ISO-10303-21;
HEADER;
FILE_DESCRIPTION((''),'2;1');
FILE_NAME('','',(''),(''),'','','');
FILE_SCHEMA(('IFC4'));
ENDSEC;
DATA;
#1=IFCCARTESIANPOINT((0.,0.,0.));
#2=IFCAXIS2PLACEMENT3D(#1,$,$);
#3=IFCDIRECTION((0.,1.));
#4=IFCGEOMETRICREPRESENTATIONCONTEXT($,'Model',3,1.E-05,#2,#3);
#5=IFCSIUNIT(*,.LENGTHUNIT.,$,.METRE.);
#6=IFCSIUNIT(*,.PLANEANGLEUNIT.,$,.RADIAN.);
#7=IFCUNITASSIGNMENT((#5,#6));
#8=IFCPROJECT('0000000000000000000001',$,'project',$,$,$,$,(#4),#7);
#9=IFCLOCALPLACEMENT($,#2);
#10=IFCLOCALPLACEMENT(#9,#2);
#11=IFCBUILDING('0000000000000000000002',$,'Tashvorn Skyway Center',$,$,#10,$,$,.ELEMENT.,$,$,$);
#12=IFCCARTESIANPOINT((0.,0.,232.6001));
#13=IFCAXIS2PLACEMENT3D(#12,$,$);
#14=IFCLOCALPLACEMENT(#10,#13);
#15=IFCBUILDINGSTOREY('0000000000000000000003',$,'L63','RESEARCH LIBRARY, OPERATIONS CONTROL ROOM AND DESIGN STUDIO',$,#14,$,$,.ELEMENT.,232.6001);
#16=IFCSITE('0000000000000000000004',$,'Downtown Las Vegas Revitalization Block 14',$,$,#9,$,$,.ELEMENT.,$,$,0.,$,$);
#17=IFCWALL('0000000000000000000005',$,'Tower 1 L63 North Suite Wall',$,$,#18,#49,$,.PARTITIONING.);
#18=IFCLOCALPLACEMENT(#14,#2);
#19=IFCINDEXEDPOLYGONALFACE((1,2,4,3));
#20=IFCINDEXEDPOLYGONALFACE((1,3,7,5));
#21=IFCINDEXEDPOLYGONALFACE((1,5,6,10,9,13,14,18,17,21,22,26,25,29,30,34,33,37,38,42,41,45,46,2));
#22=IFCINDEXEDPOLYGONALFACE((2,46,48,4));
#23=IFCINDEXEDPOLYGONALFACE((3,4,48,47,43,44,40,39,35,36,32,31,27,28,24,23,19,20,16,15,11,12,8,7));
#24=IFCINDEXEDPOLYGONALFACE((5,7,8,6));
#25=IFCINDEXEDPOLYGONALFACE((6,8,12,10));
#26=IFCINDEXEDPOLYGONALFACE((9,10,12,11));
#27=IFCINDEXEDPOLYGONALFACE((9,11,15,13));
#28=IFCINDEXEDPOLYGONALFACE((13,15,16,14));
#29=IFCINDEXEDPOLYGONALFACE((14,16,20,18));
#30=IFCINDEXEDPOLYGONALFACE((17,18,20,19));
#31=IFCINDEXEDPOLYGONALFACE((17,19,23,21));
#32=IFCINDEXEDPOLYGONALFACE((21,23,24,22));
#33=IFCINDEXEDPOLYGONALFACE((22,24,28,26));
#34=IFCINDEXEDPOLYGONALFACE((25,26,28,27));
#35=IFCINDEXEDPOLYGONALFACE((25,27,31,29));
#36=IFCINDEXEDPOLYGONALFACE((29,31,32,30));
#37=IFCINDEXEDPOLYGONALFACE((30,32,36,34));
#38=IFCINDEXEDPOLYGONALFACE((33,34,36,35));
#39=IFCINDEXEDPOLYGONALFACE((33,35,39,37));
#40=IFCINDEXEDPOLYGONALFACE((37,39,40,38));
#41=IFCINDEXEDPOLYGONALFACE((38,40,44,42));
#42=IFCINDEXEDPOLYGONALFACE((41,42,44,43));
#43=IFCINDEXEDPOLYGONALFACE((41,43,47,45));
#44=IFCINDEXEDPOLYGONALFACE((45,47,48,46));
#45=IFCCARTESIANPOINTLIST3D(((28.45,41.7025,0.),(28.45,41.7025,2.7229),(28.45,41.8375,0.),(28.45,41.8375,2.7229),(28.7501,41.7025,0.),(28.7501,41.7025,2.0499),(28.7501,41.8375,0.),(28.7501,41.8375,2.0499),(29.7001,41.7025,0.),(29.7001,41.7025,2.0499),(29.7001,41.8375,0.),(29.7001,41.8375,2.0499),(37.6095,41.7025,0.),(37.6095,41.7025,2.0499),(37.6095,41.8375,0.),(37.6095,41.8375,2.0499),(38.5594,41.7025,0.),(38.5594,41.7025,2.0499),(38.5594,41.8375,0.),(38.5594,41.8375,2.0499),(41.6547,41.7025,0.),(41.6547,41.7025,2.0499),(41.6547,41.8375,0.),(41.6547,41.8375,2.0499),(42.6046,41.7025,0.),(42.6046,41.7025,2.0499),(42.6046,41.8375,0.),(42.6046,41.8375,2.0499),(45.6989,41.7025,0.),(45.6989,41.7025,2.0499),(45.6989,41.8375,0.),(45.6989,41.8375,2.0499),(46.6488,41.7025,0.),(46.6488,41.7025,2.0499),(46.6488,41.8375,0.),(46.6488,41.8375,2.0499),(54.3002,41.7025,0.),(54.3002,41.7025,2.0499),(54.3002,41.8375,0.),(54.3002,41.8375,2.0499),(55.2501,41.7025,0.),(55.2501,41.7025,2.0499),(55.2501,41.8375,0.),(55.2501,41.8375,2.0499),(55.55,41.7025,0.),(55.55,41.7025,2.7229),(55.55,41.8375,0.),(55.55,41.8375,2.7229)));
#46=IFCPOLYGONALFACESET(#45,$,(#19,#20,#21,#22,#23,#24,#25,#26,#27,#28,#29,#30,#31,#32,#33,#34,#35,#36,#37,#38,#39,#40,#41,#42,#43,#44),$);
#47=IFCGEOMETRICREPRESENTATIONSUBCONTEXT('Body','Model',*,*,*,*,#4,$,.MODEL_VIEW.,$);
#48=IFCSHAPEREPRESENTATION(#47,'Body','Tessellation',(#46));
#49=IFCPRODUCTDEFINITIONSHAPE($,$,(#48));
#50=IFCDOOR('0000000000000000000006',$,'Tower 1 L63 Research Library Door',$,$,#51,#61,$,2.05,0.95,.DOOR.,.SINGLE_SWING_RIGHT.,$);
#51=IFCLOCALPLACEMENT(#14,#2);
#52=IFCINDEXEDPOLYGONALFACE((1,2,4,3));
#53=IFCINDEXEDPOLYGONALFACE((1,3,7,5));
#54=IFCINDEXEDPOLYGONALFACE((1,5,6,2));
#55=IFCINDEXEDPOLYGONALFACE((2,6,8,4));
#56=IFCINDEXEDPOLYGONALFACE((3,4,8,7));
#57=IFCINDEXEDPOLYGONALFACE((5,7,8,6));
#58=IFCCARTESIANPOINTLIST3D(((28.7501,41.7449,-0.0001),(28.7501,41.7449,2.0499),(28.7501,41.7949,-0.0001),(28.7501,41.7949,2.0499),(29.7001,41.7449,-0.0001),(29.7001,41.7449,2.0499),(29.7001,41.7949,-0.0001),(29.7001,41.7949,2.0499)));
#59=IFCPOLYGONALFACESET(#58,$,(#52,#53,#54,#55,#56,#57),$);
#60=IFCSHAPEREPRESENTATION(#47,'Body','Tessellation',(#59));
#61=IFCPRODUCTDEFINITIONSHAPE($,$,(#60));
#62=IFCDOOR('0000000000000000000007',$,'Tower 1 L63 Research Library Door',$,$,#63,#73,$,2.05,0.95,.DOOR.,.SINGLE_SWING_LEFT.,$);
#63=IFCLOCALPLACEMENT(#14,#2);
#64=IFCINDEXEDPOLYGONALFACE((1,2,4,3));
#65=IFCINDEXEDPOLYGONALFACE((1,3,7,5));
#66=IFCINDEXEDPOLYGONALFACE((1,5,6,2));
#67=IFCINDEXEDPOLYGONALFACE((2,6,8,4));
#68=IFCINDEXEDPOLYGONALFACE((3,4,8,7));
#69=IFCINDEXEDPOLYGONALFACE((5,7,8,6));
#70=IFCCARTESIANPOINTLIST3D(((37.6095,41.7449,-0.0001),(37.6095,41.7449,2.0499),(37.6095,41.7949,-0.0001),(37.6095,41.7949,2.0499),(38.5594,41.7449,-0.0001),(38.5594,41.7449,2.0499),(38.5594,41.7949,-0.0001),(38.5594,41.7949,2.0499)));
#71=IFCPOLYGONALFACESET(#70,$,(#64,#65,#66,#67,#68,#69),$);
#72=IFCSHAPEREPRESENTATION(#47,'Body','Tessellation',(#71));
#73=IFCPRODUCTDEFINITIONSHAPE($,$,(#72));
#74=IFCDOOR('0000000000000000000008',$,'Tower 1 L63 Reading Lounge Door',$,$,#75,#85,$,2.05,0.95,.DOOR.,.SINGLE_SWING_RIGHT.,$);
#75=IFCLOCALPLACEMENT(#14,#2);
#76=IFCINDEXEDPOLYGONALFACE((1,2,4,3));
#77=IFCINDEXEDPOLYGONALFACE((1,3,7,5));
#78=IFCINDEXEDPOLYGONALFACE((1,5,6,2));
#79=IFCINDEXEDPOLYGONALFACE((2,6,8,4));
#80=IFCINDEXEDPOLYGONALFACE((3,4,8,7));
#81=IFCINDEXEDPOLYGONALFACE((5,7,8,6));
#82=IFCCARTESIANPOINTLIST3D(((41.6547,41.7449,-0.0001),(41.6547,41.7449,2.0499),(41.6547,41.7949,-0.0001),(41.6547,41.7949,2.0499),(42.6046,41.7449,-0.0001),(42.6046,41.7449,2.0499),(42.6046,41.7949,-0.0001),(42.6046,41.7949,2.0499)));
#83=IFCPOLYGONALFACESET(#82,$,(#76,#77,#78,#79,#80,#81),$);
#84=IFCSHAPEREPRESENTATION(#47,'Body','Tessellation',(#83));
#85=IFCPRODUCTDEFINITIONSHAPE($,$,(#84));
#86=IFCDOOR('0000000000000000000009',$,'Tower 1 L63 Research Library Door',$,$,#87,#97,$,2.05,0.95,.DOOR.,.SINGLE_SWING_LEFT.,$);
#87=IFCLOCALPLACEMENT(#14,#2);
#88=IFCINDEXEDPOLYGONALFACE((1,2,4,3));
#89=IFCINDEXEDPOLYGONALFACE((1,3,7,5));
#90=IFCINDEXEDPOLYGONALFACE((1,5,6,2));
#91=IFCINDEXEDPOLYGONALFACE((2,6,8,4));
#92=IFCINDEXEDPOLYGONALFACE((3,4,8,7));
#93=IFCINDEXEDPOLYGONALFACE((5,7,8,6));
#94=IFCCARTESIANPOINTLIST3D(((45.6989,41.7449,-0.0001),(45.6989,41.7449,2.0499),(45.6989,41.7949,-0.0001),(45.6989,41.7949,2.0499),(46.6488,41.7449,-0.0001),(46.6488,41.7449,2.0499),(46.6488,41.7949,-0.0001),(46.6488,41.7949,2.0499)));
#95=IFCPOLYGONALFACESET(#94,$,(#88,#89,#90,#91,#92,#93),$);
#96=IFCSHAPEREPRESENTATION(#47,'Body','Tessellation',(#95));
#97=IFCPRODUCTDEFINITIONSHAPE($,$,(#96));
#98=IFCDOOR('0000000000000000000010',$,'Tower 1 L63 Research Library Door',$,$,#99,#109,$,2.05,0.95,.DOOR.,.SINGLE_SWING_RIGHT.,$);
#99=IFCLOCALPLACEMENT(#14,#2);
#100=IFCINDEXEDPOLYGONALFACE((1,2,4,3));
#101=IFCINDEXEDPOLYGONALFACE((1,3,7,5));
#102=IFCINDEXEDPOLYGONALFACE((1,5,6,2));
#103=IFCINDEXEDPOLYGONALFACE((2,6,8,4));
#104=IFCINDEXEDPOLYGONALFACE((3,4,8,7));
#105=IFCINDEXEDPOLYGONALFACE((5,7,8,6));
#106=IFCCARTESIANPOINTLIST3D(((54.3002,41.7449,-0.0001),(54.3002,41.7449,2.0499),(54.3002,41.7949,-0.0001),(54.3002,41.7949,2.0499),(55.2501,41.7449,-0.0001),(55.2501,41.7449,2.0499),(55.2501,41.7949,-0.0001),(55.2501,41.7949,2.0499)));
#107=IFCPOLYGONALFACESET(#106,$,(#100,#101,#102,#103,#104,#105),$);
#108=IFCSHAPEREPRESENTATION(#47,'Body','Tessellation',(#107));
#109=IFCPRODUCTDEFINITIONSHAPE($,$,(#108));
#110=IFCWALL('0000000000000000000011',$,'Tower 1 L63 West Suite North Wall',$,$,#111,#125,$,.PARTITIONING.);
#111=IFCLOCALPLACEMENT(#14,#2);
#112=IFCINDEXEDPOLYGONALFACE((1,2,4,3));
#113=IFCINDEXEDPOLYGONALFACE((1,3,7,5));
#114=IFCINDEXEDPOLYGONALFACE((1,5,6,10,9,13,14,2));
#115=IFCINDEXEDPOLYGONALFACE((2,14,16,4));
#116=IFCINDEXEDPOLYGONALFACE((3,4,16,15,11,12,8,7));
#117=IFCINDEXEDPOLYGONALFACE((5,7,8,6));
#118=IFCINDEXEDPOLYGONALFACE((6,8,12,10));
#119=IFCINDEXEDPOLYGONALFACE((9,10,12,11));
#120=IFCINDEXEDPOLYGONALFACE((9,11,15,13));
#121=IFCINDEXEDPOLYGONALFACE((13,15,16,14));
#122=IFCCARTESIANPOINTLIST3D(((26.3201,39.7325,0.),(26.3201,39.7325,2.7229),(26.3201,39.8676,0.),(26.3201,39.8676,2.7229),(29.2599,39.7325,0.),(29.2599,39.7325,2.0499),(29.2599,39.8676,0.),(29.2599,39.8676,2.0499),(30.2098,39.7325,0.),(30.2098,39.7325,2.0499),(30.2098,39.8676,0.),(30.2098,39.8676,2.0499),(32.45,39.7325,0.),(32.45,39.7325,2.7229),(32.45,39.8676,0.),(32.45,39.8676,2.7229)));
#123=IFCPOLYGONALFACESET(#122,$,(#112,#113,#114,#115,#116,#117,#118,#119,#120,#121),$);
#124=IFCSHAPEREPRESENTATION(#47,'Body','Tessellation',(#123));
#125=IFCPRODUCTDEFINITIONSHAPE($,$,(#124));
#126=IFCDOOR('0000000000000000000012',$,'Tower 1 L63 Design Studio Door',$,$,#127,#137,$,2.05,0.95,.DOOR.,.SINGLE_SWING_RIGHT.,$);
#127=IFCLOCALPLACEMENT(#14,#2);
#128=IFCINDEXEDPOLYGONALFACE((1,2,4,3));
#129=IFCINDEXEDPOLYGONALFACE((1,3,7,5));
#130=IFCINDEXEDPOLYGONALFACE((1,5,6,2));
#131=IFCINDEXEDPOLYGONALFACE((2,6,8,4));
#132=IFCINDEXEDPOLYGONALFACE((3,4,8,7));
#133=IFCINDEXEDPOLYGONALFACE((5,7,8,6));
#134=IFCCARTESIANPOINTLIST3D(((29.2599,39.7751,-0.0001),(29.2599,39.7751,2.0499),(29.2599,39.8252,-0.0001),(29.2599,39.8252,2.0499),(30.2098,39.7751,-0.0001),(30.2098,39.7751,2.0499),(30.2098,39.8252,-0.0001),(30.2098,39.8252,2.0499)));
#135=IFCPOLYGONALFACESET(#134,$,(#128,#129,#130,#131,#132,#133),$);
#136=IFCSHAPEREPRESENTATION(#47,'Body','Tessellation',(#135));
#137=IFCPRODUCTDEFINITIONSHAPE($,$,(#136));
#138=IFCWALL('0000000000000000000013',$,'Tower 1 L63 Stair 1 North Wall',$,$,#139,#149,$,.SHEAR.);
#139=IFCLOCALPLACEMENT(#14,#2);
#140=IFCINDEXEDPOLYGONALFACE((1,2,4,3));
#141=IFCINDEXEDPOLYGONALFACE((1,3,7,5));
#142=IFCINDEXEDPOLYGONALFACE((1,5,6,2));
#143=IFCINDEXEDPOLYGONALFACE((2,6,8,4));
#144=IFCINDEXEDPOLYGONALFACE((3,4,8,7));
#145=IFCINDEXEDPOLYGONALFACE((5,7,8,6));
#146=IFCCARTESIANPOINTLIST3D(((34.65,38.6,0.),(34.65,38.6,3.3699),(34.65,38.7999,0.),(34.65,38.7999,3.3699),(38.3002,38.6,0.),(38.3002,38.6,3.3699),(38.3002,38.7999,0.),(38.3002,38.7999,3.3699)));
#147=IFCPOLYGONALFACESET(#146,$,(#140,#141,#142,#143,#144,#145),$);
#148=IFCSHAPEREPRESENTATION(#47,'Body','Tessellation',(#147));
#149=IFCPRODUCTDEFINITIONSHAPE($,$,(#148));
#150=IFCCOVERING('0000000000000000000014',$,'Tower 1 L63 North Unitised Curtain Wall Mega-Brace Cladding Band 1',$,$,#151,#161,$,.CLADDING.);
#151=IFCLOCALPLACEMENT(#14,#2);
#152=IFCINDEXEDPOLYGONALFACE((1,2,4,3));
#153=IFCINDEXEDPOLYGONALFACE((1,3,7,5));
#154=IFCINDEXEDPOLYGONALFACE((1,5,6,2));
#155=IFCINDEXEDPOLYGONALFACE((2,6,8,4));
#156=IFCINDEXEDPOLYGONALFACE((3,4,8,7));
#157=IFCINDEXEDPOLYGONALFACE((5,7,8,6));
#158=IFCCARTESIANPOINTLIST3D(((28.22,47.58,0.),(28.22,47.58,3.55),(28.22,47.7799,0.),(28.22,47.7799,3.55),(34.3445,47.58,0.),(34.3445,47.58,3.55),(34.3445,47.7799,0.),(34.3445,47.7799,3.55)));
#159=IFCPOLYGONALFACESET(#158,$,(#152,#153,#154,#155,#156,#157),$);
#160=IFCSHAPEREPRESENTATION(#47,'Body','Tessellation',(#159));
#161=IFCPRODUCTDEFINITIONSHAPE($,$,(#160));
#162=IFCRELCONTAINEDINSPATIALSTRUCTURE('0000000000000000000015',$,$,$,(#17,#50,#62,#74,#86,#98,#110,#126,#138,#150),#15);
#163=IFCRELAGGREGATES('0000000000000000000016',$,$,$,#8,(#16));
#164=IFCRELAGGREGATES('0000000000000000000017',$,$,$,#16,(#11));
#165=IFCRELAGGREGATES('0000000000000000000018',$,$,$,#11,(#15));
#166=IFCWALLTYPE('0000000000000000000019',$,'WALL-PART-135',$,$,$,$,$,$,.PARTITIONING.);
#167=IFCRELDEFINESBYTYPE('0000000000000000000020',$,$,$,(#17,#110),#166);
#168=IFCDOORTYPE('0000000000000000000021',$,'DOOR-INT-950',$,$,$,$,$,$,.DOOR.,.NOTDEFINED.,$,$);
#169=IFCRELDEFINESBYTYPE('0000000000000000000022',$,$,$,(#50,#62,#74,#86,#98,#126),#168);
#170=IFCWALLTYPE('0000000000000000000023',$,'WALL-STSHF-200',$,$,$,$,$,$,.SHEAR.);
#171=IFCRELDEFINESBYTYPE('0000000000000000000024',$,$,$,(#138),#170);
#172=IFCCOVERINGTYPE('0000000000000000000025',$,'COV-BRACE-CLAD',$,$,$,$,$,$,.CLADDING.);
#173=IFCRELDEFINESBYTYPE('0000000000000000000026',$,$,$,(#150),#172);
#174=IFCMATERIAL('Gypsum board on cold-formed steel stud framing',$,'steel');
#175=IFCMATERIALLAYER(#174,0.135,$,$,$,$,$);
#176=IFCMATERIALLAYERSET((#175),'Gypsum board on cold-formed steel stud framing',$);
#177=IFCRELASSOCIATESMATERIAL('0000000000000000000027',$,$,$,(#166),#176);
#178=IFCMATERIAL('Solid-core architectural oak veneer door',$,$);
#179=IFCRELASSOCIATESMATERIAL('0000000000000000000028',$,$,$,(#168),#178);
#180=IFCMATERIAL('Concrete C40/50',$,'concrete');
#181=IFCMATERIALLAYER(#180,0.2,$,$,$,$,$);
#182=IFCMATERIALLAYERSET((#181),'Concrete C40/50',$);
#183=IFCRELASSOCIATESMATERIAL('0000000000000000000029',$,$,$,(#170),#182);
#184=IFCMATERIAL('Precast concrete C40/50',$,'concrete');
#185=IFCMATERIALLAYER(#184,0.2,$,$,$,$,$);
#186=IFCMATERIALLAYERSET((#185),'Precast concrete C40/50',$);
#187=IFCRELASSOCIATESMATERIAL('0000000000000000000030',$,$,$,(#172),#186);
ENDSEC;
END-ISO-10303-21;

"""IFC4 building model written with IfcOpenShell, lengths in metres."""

from ifc_helpers import new_model, si_unit, direction, frame, frame_2d, origin, origin_2d, place, context, subcontext, project, spatial, rectangle, extrude, material, layer, layer_set, type_object, element, fill, save


model = new_model("IFC4")

# Units and contexts
model_context = context("Model", 3, precision=1e-05, world=origin(), true_north=direction((0.0, 1.0)))
body_context = subcontext(model_context, "Body", "Model", "MODEL_VIEW")
ifc_project = project(units=[si_unit("LENGTHUNIT", "METRE"), si_unit("PLANEANGLEUNIT", "RADIAN")], contexts=[model_context])

# Site, building, storey
site_placement = place(None, origin())
site = spatial("IfcSite", under=ifc_project, at=site_placement, Name="Downtown Las Vegas Revitalization Block 14", CompositionType="ELEMENT", RefElevation=0.0)
building_placement = place(site_placement, origin())
building = spatial("IfcBuilding", under=site, at=building_placement, Name="Tashvorn Skyway Center", CompositionType="ELEMENT")
storey_placement = place(building_placement, frame((0.0, 0.0, 232.6001)))
storey = spatial("IfcBuildingStorey", under=building, at=storey_placement, Name="L63", Description="RESEARCH LIBRARY, OPERATIONS CONTROL ROOM AND DESIGN STUDIO", CompositionType="ELEMENT", Elevation=232.6001)

# Shared definitions
ifc_material_1 = material(Name="Gypsum board on cold-formed steel stud framing", Category="steel")

# Wall, openings, doors
ifc_layer_1 = layer(ifc_material_1, 0.135)
ifc_layer_set_1 = layer_set([ifc_layer_1], Name="Gypsum board on cold-formed steel stud framing")
wall_type_1 = type_object("IfcWallType", Name="WALL-PART-135", PredefinedType="PARTITIONING", material=ifc_layer_set_1)
wall_1_placement = place(storey_placement, frame((28.45, 41.77, 0.0), z_axis=(0.0, 0.0, 1.0), x_axis=(1.0, 0.0, 0.0)))
wall_1 = element("IfcWall", 1, at=wall_1_placement, inside=storey, type_object=wall_type_1, Name="Tower 1 L63 North Suite Wall", PredefinedType="PARTITIONING", context=body_context, shape_type="SweptSolid", body=[
    extrude(rectangle(XDim=27.1001, YDim=0.135, at=frame_2d((13.55, 0.0))), origin(), (0.0, 0.0, 1.0), 2.7229),
])
opening_1_placement = place(wall_1_placement, frame((0.3, 0.0, 0.0)))
opening_1 = element("IfcOpeningElement", 2, at=opening_1_placement, cuts=wall_1, PredefinedType="OPENING", context=body_context, shape_type="SweptSolid", body=[
    extrude(rectangle(XDim=0.95, YDim=2.05, at=frame_2d((0.4751, 1.0249))), frame((0.0, 0.0774, 0.0), z_axis=(0.0, -1.0, 0.0), x_axis=(1.0, 0.0, 0.0)), (0.0, 0.0, 1.0), 0.155),
])
opening_2_placement = place(wall_1_placement, frame((9.1594, 0.0, 0.0)))
opening_2 = element("IfcOpeningElement", 3, at=opening_2_placement, cuts=wall_1, PredefinedType="OPENING", context=body_context, shape_type="SweptSolid", body=[
    extrude(rectangle(XDim=0.95, YDim=2.05, at=frame_2d((0.4751, 1.0249))), frame((0.0, 0.0774, 0.0), z_axis=(0.0, -1.0, 0.0), x_axis=(1.0, 0.0, 0.0)), (0.0, 0.0, 1.0), 0.155),
])
opening_3_placement = place(wall_1_placement, frame((13.2046, 0.0, 0.0)))
opening_3 = element("IfcOpeningElement", 4, at=opening_3_placement, cuts=wall_1, PredefinedType="OPENING", context=body_context, shape_type="SweptSolid", body=[
    extrude(rectangle(XDim=0.95, YDim=2.05, at=frame_2d((0.4751, 1.0249))), frame((0.0, 0.0774, 0.0), z_axis=(0.0, -1.0, 0.0), x_axis=(1.0, 0.0, 0.0)), (0.0, 0.0, 1.0), 0.155),
])
opening_4_placement = place(wall_1_placement, frame((17.2488, 0.0, 0.0)))
opening_4 = element("IfcOpeningElement", 5, at=opening_4_placement, cuts=wall_1, PredefinedType="OPENING", context=body_context, shape_type="SweptSolid", body=[
    extrude(rectangle(XDim=0.95, YDim=2.05, at=frame_2d((0.4751, 1.0249))), frame((0.0, 0.0774, 0.0), z_axis=(0.0, -1.0, 0.0), x_axis=(1.0, 0.0, 0.0)), (0.0, 0.0, 1.0), 0.155),
])
opening_5_placement = place(wall_1_placement, frame((25.8501, 0.0, 0.0)))
opening_5 = element("IfcOpeningElement", 6, at=opening_5_placement, cuts=wall_1, PredefinedType="OPENING", context=body_context, shape_type="SweptSolid", body=[
    extrude(rectangle(XDim=0.95, YDim=2.05, at=frame_2d((0.4751, 1.0249))), frame((0.0, 0.0774, 0.0), z_axis=(0.0, -1.0, 0.0), x_axis=(1.0, 0.0, 0.0)), (0.0, 0.0, 1.0), 0.155),
])
ifc_material_2 = material(Name="Solid-core architectural oak veneer door")
door_type_1 = type_object("IfcDoorType", Name="DOOR-INT-950", OperationType="NOTDEFINED", PredefinedType="DOOR", material=ifc_material_2)
door_1_placement = place(opening_1_placement, origin())
door_1 = element("IfcDoor", 7, at=door_1_placement, inside=storey, type_object=door_type_1, Name="Tower 1 L63 Research Library Door", OperationType="SINGLE_SWING_RIGHT", OverallHeight=2.05, OverallWidth=0.95, PredefinedType="DOOR", context=body_context, shape_type="SweptSolid", body=[
    extrude(rectangle(XDim=0.95, YDim=2.05, at=frame_2d((0.4751, 1.0249))), frame((0.0, 0.0249, 0.0), z_axis=(0.0, -1.0, 0.0), x_axis=(1.0, 0.0, 0.0)), (0.0, 0.0, 1.0), 0.05),
])
fill(opening_1, door_1)
door_2_placement = place(opening_2_placement, origin())
door_2 = element("IfcDoor", 8, at=door_2_placement, inside=storey, type_object=door_type_1, Name="Tower 1 L63 Research Library Door", OperationType="SINGLE_SWING_LEFT", OverallHeight=2.05, OverallWidth=0.95, PredefinedType="DOOR", context=body_context, shape_type="SweptSolid", body=[
    extrude(rectangle(XDim=0.95, YDim=2.05, at=frame_2d((0.4751, 1.0249))), frame((0.0, 0.0249, 0.0), z_axis=(0.0, -1.0, 0.0), x_axis=(1.0, 0.0, 0.0)), (0.0, 0.0, 1.0), 0.05),
])
fill(opening_2, door_2)
door_3_placement = place(opening_3_placement, origin())
door_3 = element("IfcDoor", 9, at=door_3_placement, inside=storey, type_object=door_type_1, Name="Tower 1 L63 Reading Lounge Door", OperationType="SINGLE_SWING_RIGHT", OverallHeight=2.05, OverallWidth=0.95, PredefinedType="DOOR", context=body_context, shape_type="SweptSolid", body=[
    extrude(rectangle(XDim=0.95, YDim=2.05, at=frame_2d((0.4751, 1.0249))), frame((0.0, 0.0249, 0.0), z_axis=(0.0, -1.0, 0.0), x_axis=(1.0, 0.0, 0.0)), (0.0, 0.0, 1.0), 0.05),
])
fill(opening_3, door_3)
door_4_placement = place(opening_4_placement, origin())
door_4 = element("IfcDoor", 10, at=door_4_placement, inside=storey, type_object=door_type_1, Name="Tower 1 L63 Research Library Door", OperationType="SINGLE_SWING_LEFT", OverallHeight=2.05, OverallWidth=0.95, PredefinedType="DOOR", context=body_context, shape_type="SweptSolid", body=[
    extrude(rectangle(XDim=0.95, YDim=2.05, at=frame_2d((0.4751, 1.0249))), frame((0.0, 0.0249, 0.0), z_axis=(0.0, -1.0, 0.0), x_axis=(1.0, 0.0, 0.0)), (0.0, 0.0, 1.0), 0.05),
])
fill(opening_4, door_4)
door_5_placement = place(opening_5_placement, origin())
door_5 = element("IfcDoor", 11, at=door_5_placement, inside=storey, type_object=door_type_1, Name="Tower 1 L63 Research Library Door", OperationType="SINGLE_SWING_RIGHT", OverallHeight=2.05, OverallWidth=0.95, PredefinedType="DOOR", context=body_context, shape_type="SweptSolid", body=[
    extrude(rectangle(XDim=0.95, YDim=2.05, at=frame_2d((0.4751, 1.0249))), frame((0.0, 0.0249, 0.0), z_axis=(0.0, -1.0, 0.0), x_axis=(1.0, 0.0, 0.0)), (0.0, 0.0, 1.0), 0.05),
])
fill(opening_5, door_5)

# Wall, opening, door
wall_2_placement = place(storey_placement, frame((32.45, 39.8, 0.0), z_axis=(0.0, 0.0, 1.0), x_axis=(-1.0, 0.0, 0.0)))
wall_2 = element("IfcWall", 12, at=wall_2_placement, inside=storey, type_object=wall_type_1, Name="Tower 1 L63 West Suite North Wall", PredefinedType="PARTITIONING", context=body_context, shape_type="SweptSolid", body=[
    extrude(rectangle(XDim=6.1299, YDim=0.135, at=frame_2d((3.0649, 0.0))), origin(), (0.0, 0.0, 1.0), 2.7229),
])
opening_6_placement = place(wall_2_placement, frame((2.24, 0.0, 0.0)))
opening_6 = element("IfcOpeningElement", 13, at=opening_6_placement, cuts=wall_2, PredefinedType="OPENING", context=body_context, shape_type="SweptSolid", body=[
    extrude(rectangle(XDim=0.95, YDim=2.05, at=frame_2d((0.4751, 1.0249))), frame((0.0, 0.0774, 0.0), z_axis=(0.0, -1.0, 0.0), x_axis=(1.0, 0.0, 0.0)), (0.0, 0.0, 1.0), 0.155),
])
door_6_placement = place(opening_6_placement, origin())
door_6 = element("IfcDoor", 14, at=door_6_placement, inside=storey, type_object=door_type_1, Name="Tower 1 L63 Design Studio Door", OperationType="SINGLE_SWING_RIGHT", OverallHeight=2.05, OverallWidth=0.95, PredefinedType="DOOR", context=body_context, shape_type="SweptSolid", body=[
    extrude(rectangle(XDim=0.95, YDim=2.05, at=frame_2d((0.4751, 1.0249))), frame((0.0, 0.0249, 0.0), z_axis=(0.0, -1.0, 0.0), x_axis=(1.0, 0.0, 0.0)), (0.0, 0.0, 1.0), 0.05),
])
fill(opening_6, door_6)

# Wall
ifc_material_3 = material(Name="Concrete C40/50", Category="concrete")
ifc_layer_2 = layer(ifc_material_3, 0.2)
ifc_layer_set_2 = layer_set([ifc_layer_2], Name="Concrete C40/50")
wall_type_2 = type_object("IfcWallType", Name="WALL-STSHF-200", PredefinedType="SHEAR", material=ifc_layer_set_2)
wall_3_placement = place(storey_placement, frame((34.6499, 38.7, 0.0), z_axis=(0.0, 0.0, 1.0), x_axis=(1.0, 0.0, 0.0)))
element("IfcWall", 15, at=wall_3_placement, inside=storey, type_object=wall_type_2, Name="Tower 1 L63 Stair 1 North Wall", PredefinedType="SHEAR", context=body_context, shape_type="SweptSolid", body=[
    extrude(rectangle(XDim=3.6501, YDim=0.2, at=frame_2d((1.8252, 0.0))), origin(), (0.0, 0.0, 1.0), 3.3699),
])

# Covering
ifc_material_4 = material(Name="Precast concrete C40/50", Category="concrete")
ifc_layer_3 = layer(ifc_material_4, 0.2)
ifc_layer_set_3 = layer_set([ifc_layer_3], Name="Precast concrete C40/50")
covering_type = type_object("IfcCoveringType", Name="COV-BRACE-CLAD", PredefinedType="CLADDING", material=ifc_layer_set_3)
covering_placement = place(storey_placement, frame((31.2822, 47.6799, 0.0), z_axis=(0.0, 0.0, 1.0), x_axis=(1.0, 0.0, 0.0)))
element("IfcCovering", 16, at=covering_placement, inside=storey, type_object=covering_type, Name="Tower 1 L63 North Unitised Curtain Wall Mega-Brace Cladding Band 1", PredefinedType="CLADDING", context=body_context, shape_type="SweptSolid", body=[
    extrude(rectangle(XDim=6.1245, YDim=0.2, at=origin_2d()), origin(), (0.0, 0.0, 1.0), 3.55),
])

save(model, "model.ifc")
